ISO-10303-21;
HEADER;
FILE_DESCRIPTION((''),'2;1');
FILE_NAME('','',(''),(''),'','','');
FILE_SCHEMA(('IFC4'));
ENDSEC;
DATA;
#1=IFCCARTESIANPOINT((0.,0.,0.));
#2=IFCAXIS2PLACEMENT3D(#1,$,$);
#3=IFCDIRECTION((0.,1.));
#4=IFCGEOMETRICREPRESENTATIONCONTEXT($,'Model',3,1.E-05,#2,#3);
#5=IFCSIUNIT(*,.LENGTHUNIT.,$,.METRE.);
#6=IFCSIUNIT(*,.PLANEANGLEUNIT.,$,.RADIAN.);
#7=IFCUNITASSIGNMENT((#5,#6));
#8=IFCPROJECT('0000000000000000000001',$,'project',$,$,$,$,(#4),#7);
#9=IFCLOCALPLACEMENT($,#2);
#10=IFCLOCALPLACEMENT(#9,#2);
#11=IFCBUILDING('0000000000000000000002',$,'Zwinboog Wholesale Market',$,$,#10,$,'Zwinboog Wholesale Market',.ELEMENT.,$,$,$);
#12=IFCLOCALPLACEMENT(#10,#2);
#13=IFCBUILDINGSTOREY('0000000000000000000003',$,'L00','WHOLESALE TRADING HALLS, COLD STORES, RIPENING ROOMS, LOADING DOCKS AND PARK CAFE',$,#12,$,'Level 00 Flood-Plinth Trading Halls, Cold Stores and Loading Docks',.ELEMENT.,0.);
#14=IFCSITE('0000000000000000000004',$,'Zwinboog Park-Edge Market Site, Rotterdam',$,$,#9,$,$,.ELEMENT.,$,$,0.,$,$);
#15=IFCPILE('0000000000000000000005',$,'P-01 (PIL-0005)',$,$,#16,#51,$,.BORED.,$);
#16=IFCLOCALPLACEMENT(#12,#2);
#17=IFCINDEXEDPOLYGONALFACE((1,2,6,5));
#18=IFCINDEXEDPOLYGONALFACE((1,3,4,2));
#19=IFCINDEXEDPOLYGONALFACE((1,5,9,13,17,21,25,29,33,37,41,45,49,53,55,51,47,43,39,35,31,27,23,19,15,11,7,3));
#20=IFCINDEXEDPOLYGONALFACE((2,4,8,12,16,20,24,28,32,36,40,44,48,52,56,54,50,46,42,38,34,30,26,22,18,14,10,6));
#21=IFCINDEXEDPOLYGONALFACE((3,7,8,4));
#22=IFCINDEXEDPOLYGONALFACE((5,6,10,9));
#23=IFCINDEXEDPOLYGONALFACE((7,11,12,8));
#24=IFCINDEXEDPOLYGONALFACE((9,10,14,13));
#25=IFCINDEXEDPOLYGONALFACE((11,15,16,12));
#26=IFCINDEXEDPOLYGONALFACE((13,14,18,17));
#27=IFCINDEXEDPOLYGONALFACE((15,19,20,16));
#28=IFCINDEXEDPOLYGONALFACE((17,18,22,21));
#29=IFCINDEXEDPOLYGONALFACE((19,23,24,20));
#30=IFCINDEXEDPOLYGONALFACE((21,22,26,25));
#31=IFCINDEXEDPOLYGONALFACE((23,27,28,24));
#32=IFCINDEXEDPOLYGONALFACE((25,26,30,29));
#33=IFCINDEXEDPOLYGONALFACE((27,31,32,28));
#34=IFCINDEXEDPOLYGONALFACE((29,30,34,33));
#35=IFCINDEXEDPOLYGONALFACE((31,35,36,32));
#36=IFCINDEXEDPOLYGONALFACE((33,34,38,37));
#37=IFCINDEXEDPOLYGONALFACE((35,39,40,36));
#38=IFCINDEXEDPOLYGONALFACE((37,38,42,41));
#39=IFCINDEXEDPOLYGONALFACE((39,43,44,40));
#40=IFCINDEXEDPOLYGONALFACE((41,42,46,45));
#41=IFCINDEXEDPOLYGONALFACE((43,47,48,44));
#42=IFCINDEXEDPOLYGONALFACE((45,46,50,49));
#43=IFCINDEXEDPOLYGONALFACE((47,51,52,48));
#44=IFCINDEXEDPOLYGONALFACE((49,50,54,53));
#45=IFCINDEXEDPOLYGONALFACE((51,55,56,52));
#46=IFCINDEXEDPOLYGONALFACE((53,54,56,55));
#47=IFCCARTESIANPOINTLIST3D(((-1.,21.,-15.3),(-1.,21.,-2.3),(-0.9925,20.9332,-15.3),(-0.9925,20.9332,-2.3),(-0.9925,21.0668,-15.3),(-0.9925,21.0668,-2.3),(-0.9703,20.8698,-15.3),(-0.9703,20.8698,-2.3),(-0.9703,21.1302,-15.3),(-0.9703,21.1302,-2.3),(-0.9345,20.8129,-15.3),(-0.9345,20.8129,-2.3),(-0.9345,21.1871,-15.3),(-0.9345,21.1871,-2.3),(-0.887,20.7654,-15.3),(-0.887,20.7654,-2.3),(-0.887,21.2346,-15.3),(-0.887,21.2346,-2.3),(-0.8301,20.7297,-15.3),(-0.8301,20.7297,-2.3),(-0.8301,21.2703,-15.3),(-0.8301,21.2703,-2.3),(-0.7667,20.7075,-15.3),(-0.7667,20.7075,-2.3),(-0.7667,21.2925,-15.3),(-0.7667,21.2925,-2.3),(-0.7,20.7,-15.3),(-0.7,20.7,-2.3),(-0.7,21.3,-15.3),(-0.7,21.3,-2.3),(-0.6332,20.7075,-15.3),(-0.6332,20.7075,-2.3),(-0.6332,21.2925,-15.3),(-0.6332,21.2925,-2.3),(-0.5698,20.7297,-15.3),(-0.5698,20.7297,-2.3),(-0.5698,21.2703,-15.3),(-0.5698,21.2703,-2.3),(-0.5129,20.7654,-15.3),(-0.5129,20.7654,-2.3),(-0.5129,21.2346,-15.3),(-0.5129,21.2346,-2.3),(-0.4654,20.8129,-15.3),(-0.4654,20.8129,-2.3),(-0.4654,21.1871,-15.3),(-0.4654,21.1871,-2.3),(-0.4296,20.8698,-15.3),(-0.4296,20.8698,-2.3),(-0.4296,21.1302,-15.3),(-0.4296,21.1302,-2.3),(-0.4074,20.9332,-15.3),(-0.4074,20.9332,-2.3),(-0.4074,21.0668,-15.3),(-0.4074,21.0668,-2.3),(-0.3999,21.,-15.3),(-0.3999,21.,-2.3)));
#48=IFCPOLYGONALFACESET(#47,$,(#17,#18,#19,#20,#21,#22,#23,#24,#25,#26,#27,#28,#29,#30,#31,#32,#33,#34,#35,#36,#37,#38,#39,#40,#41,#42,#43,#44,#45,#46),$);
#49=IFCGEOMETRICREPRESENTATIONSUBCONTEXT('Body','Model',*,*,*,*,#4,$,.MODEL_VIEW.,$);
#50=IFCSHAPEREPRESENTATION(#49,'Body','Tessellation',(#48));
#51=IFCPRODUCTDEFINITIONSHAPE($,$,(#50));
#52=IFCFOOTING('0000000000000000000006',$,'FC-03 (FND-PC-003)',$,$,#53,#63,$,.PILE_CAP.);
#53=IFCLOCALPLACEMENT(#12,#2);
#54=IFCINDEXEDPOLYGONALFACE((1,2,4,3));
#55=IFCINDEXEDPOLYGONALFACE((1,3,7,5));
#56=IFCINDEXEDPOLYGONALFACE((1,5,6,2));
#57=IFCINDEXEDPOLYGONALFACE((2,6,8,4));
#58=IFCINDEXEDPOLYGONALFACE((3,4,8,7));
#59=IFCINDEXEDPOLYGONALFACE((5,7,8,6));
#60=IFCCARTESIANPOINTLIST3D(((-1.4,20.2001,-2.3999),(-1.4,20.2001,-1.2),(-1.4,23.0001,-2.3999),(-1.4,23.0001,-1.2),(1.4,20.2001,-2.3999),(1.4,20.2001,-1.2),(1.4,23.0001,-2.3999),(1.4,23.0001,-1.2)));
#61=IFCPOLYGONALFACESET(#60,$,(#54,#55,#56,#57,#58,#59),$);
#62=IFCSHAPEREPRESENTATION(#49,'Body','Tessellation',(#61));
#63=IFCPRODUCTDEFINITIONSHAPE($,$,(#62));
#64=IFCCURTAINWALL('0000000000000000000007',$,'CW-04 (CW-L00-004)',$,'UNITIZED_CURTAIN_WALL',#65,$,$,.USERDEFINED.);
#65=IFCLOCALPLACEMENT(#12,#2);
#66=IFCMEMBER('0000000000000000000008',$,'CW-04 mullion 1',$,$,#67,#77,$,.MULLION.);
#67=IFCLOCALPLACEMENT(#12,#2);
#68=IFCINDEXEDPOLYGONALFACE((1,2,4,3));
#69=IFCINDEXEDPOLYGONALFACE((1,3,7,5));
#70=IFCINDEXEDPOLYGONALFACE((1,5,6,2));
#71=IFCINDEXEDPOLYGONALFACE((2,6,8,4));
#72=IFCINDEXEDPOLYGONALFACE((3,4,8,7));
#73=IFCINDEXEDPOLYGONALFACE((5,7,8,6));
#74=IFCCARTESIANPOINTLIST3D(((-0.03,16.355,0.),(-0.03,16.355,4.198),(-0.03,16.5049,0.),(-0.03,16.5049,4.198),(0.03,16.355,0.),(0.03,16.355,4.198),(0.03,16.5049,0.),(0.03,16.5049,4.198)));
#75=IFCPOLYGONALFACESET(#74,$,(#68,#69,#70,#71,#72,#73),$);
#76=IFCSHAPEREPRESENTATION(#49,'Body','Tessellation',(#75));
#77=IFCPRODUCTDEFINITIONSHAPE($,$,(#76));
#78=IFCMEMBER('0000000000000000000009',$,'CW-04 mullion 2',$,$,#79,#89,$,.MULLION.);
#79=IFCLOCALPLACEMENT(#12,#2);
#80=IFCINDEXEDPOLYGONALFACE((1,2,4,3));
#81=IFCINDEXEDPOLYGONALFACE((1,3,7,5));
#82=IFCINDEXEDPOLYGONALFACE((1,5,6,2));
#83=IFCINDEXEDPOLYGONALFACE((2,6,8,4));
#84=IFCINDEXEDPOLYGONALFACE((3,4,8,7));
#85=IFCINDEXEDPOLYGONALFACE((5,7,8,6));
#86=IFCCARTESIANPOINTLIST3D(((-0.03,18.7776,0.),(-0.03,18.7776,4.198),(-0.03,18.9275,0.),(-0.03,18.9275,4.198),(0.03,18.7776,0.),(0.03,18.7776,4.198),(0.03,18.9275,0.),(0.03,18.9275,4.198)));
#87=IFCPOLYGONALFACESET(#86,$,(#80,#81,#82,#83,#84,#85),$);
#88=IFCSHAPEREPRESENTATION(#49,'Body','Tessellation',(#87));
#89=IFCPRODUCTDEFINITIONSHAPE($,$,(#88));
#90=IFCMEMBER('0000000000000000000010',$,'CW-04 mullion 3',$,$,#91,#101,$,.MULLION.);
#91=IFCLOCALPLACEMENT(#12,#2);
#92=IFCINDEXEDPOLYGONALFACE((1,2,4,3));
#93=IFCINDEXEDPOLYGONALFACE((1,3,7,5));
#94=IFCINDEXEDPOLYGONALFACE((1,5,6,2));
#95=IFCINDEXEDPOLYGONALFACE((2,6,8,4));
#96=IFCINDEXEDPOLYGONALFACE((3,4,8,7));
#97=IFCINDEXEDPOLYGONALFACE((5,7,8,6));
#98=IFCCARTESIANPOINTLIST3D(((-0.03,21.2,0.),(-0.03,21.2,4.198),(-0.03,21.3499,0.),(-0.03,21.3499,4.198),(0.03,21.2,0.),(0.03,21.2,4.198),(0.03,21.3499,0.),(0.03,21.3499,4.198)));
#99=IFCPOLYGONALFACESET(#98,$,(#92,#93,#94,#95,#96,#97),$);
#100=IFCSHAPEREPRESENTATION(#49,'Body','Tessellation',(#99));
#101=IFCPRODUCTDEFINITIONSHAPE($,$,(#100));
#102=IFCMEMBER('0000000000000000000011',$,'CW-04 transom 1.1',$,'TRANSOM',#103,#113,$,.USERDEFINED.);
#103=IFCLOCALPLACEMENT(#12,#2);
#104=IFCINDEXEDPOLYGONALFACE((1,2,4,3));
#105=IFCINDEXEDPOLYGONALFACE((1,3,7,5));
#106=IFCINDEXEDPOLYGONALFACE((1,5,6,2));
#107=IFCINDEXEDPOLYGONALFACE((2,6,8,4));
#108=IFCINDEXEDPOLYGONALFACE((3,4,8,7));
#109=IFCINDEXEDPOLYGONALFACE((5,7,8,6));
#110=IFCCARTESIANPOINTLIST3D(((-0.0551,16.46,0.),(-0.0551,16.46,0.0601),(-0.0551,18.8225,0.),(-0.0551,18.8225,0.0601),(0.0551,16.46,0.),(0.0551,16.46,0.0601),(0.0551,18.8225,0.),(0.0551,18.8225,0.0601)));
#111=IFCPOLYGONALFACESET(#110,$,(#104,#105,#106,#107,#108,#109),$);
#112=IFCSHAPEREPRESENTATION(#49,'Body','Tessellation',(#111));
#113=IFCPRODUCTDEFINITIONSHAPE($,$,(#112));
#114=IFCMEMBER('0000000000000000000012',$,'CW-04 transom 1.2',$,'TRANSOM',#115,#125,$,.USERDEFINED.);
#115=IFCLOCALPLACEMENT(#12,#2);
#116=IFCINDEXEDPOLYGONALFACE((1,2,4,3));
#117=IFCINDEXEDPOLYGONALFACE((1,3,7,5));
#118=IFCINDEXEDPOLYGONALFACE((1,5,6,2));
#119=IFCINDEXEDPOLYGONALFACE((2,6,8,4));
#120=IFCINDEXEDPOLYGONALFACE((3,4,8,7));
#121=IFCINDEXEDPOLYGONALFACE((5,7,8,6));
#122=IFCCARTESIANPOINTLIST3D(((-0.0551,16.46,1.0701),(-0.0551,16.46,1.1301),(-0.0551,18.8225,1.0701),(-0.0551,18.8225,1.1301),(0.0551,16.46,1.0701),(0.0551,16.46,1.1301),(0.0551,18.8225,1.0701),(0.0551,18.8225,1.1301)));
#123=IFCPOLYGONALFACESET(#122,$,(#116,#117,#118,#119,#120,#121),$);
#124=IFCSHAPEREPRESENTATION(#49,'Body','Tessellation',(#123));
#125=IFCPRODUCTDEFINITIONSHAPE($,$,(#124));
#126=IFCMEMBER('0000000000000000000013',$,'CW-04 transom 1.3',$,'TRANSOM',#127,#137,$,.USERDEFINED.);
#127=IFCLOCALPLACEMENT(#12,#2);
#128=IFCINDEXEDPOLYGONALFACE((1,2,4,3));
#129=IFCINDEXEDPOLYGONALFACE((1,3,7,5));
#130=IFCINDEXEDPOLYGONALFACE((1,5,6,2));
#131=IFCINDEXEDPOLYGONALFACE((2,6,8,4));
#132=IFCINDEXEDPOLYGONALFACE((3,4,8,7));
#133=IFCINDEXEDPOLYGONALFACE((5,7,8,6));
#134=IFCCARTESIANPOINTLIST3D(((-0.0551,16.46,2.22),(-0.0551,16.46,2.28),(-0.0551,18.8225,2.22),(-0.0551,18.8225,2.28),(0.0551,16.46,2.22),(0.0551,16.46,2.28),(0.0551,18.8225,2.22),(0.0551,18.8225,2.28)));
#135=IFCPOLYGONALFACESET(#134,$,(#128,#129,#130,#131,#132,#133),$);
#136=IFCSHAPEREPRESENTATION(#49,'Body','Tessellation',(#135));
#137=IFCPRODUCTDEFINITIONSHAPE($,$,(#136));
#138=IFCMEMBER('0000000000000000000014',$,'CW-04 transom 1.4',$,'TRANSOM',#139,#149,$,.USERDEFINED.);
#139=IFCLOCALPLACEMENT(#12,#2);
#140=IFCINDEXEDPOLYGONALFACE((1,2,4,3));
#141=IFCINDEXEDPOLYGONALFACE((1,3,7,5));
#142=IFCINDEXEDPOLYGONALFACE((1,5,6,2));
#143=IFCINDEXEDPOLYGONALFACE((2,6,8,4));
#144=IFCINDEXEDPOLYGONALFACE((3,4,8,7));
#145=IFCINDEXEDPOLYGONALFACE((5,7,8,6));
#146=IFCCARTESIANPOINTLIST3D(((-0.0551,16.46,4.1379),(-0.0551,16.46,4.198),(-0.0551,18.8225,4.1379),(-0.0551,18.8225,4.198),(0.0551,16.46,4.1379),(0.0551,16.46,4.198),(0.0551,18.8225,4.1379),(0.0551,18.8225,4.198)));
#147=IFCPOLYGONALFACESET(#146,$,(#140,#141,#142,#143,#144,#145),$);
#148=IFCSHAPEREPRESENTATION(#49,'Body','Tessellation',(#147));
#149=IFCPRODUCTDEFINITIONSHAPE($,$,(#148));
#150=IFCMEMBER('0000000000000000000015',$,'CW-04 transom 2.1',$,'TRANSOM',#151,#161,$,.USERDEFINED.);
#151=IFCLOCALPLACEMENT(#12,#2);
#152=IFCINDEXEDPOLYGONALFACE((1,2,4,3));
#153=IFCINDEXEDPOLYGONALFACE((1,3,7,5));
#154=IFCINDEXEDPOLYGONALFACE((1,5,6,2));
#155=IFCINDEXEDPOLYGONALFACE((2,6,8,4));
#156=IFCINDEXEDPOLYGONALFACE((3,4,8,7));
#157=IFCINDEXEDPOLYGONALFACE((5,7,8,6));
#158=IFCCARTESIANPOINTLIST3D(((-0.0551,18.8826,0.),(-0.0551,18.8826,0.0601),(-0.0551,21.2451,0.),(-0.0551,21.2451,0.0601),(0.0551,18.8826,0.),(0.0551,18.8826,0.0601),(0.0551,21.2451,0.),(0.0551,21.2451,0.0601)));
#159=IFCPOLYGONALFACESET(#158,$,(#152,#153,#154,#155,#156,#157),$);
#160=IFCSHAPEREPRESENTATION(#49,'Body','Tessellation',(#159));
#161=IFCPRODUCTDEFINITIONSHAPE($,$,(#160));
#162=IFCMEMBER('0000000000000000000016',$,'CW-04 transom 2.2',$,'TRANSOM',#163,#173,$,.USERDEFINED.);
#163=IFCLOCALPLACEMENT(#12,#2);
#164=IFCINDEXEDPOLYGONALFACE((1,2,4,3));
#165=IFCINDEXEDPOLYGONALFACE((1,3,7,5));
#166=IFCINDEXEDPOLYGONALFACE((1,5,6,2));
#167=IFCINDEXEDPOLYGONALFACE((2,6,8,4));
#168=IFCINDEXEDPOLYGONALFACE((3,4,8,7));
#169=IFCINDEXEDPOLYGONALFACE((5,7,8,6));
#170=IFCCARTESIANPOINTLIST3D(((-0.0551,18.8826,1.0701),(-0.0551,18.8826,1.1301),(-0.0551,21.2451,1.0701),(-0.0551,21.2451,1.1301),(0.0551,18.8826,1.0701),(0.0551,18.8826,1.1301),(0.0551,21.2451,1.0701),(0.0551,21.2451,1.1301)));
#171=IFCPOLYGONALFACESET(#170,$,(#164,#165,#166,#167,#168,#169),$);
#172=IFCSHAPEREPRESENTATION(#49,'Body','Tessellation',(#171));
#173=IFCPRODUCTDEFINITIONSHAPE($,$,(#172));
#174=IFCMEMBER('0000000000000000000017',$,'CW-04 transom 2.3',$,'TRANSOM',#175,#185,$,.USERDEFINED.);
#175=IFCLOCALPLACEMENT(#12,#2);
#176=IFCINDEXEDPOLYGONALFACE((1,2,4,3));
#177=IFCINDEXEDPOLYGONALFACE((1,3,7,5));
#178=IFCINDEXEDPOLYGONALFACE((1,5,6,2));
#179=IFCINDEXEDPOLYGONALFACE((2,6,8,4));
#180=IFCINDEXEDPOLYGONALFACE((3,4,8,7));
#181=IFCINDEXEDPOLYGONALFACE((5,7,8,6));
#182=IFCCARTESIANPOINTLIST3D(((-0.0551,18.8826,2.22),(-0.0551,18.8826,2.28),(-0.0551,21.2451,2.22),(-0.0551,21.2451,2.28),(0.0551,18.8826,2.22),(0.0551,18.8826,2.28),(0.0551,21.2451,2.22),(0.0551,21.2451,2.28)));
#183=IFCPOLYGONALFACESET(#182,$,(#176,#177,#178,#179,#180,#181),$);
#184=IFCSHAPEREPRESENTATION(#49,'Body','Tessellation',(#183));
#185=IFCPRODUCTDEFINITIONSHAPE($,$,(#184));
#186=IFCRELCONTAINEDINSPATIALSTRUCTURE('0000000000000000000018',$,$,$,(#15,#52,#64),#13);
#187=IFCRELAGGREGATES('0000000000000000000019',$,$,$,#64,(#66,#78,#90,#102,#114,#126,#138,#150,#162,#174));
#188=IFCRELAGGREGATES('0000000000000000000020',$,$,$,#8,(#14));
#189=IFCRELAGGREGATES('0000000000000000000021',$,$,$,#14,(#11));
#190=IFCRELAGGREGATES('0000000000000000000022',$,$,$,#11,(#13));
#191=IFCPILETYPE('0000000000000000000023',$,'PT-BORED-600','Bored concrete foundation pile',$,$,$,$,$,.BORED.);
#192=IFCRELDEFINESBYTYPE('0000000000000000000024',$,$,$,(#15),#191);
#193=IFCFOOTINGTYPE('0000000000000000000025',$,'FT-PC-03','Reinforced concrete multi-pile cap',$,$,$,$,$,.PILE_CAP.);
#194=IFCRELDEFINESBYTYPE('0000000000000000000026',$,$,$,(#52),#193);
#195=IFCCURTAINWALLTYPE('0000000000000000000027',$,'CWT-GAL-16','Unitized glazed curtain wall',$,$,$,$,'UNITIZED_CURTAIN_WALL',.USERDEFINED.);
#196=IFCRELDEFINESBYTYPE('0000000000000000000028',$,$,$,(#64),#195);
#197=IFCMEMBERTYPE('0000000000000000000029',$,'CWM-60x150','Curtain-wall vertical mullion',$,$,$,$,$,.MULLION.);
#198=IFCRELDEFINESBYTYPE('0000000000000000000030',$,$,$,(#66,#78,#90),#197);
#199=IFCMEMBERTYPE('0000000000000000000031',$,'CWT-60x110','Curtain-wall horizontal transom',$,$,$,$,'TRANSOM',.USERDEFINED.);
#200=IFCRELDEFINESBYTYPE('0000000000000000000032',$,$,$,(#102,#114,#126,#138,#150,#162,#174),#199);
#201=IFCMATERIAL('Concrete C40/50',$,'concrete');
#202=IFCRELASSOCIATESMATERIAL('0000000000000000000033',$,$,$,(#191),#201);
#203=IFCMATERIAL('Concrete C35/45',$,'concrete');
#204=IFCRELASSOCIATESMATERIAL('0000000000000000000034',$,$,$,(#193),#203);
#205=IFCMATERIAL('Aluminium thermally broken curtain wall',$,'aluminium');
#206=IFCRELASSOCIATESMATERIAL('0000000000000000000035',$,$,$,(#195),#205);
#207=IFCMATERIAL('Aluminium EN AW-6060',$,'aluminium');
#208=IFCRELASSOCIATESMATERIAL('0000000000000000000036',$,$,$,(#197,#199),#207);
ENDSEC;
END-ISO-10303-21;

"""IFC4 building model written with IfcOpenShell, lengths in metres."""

from ifc_helpers import new_model, si_unit, direction, frame, origin, origin_2d, place, context, subcontext, project, spatial, rectangle, circle, extrude, material, material_profile, profile_set, type_object, element, aggregate, save


model = new_model("IFC4")

# Units and contexts
model_context = context("Model", 3, precision=1e-05, world=origin(), true_north=direction((0.0, 1.0)))
body_context = subcontext(model_context, "Body", "Model", "MODEL_VIEW")
ifc_project = project(units=[si_unit("LENGTHUNIT", "METRE"), si_unit("PLANEANGLEUNIT", "RADIAN")], contexts=[model_context])

# Site, building, storey
site_placement = place(None, origin())
site = spatial("IfcSite", under=ifc_project, at=site_placement, Name="Zwinboog Park-Edge Market Site, Rotterdam", CompositionType="ELEMENT", RefElevation=0.0)
building_placement = place(site_placement, origin())
building = spatial("IfcBuilding", under=site, at=building_placement, Name="Zwinboog Wholesale Market", LongName="Zwinboog Wholesale Market", CompositionType="ELEMENT")
storey_placement = place(building_placement, origin())
storey = spatial("IfcBuildingStorey", under=building, at=storey_placement, Name="L00", Description="WHOLESALE TRADING HALLS, COLD STORES, RIPENING ROOMS, LOADING DOCKS AND PARK CAFE", LongName="Level 00 Flood-Plinth Trading Halls, Cold Stores and Loading Docks", CompositionType="ELEMENT", Elevation=0.0)

# Pile
ifc_material_1 = material(Name="Concrete C40/50", Category="concrete")
ifc_material_profile_1 = material_profile(ifc_material_1, circle(Radius=0.3, at=origin_2d()), Name="PILE D600")
ifc_profile_set_1 = profile_set([ifc_material_profile_1], Name="Concrete C40/50")
pile_type = type_object("IfcPileType", Name="PT-BORED-600", Description="Bored concrete foundation pile", PredefinedType="BORED", material=ifc_profile_set_1)
pile_placement = place(storey_placement, frame((-0.7, 21.0, -2.3), z_axis=(0.0, 0.0, -1.0), x_axis=(1.0, 0.0, 0.0)))
element("IfcPile", 1, at=pile_placement, inside=storey, type_object=pile_type, Name="P-01 (PIL-0005)", PredefinedType="BORED", context=body_context, shape_type="SweptSolid", body=[
    extrude(circle(Radius=0.3, at=origin_2d()), origin(), (0.0, 0.0, 1.0), 13.0),
])

# Footing
ifc_material_2 = material(Name="Concrete C35/45", Category="concrete")
footing_type = type_object("IfcFootingType", Name="FT-PC-03", Description="Reinforced concrete multi-pile cap", PredefinedType="PILE_CAP", material=ifc_material_2)
footing_placement = place(storey_placement, frame((0.0, 21.6001, -2.3999), z_axis=(0.0, 0.0, 1.0), x_axis=(1.0, 0.0, 0.0)))
element("IfcFooting", 2, at=footing_placement, inside=storey, type_object=footing_type, Name="FC-03 (FND-PC-003)", PredefinedType="PILE_CAP", context=body_context, shape_type="SweptSolid", body=[
    extrude(rectangle(XDim=2.8, YDim=2.8, at=origin_2d()), origin(), (0.0, 0.0, 1.0), 1.2),
])

# Curtain wall, members
ifc_material_3 = material(Name="Aluminium thermally broken curtain wall", Category="aluminium")
curtain_wall_type = type_object("IfcCurtainWallType", Name="CWT-GAL-16", Description="Unitized glazed curtain wall", ElementType="UNITIZED_CURTAIN_WALL", PredefinedType="USERDEFINED", material=ifc_material_3)
curtain_wall_placement = place(storey_placement, origin())
curtain_wall = element("IfcCurtainWall", 3, at=curtain_wall_placement, inside=storey, type_object=curtain_wall_type, Name="CW-04 (CW-L00-004)", ObjectType="UNITIZED_CURTAIN_WALL", PredefinedType="USERDEFINED")
ifc_material_4 = material(Name="Aluminium EN AW-6060", Category="aluminium")
ifc_material_profile_2 = material_profile(ifc_material_4, rectangle(XDim=0.0601, YDim=0.1499, at=origin_2d()), Name="AL 60x150")
ifc_profile_set_2 = profile_set([ifc_material_profile_2], Name="Aluminium EN AW-6060")
member_type_1 = type_object("IfcMemberType", Name="CWM-60x150", Description="Curtain-wall vertical mullion", PredefinedType="MULLION", material=ifc_profile_set_2)
member_1_placement = place(storey_placement, frame((0.0, 16.4299, 0.0), z_axis=(0.0, 0.0, 1.0), x_axis=(-1.0, 0.0, 0.0)))
member_1 = element("IfcMember", 4, at=member_1_placement, type_object=member_type_1, Name="CW-04 mullion 1", PredefinedType="MULLION", context=body_context, shape_type="SweptSolid", body=[
    extrude(rectangle(XDim=0.0601, YDim=0.1499, at=origin_2d()), origin(), (0.0, 0.0, 1.0), 4.198),
])
member_2_placement = place(storey_placement, frame((0.0, 18.8525, 0.0), z_axis=(0.0, 0.0, 1.0), x_axis=(-1.0, 0.0, 0.0)))
member_2 = element("IfcMember", 5, at=member_2_placement, type_object=member_type_1, Name="CW-04 mullion 2", PredefinedType="MULLION", context=body_context, shape_type="SweptSolid", body=[
    extrude(rectangle(XDim=0.0601, YDim=0.1499, at=origin_2d()), origin(), (0.0, 0.0, 1.0), 4.198),
])
member_3_placement = place(storey_placement, frame((0.0, 21.2749, 0.0), z_axis=(0.0, 0.0, 1.0), x_axis=(-1.0, 0.0, 0.0)))
member_3 = element("IfcMember", 6, at=member_3_placement, type_object=member_type_1, Name="CW-04 mullion 3", PredefinedType="MULLION", context=body_context, shape_type="SweptSolid", body=[
    extrude(rectangle(XDim=0.0601, YDim=0.1499, at=origin_2d()), origin(), (0.0, 0.0, 1.0), 4.198),
])
ifc_material_profile_3 = material_profile(ifc_material_4, rectangle(XDim=0.1101, YDim=0.0601, at=origin_2d()), Name="AL 60x110")
ifc_profile_set_3 = profile_set([ifc_material_profile_3], Name="Aluminium EN AW-6060")
member_type_2 = type_object("IfcMemberType", Name="CWT-60x110", Description="Curtain-wall horizontal transom", ElementType="TRANSOM", PredefinedType="USERDEFINED", material=ifc_profile_set_3)
member_4_placement = place(storey_placement, frame((0.0, 16.46, 0.03), z_axis=(0.0, 1.0, 0.0), x_axis=(-1.0, 0.0, 0.0)))
member_4 = element("IfcMember", 7, at=member_4_placement, type_object=member_type_2, Name="CW-04 transom 1.1", ObjectType="TRANSOM", PredefinedType="USERDEFINED", context=body_context, shape_type="SweptSolid", body=[
    extrude(rectangle(XDim=0.1101, YDim=0.0601, at=origin_2d()), origin(), (0.0, 0.0, 1.0), 2.3625),
])
member_5_placement = place(storey_placement, frame((0.0, 16.46, 1.1001), z_axis=(0.0, 1.0, 0.0), x_axis=(-1.0, 0.0, 0.0)))
member_5 = element("IfcMember", 8, at=member_5_placement, type_object=member_type_2, Name="CW-04 transom 1.2", ObjectType="TRANSOM", PredefinedType="USERDEFINED", context=body_context, shape_type="SweptSolid", body=[
    extrude(rectangle(XDim=0.1101, YDim=0.0601, at=origin_2d()), origin(), (0.0, 0.0, 1.0), 2.3625),
])
member_6_placement = place(storey_placement, frame((0.0, 16.46, 2.25), z_axis=(0.0, 1.0, 0.0), x_axis=(-1.0, 0.0, 0.0)))
member_6 = element("IfcMember", 9, at=member_6_placement, type_object=member_type_2, Name="CW-04 transom 1.3", ObjectType="TRANSOM", PredefinedType="USERDEFINED", context=body_context, shape_type="SweptSolid", body=[
    extrude(rectangle(XDim=0.1101, YDim=0.0601, at=origin_2d()), origin(), (0.0, 0.0, 1.0), 2.3625),
])
member_7_placement = place(storey_placement, frame((0.0, 16.46, 4.168), z_axis=(0.0, 1.0, 0.0), x_axis=(-1.0, 0.0, 0.0)))
member_7 = element("IfcMember", 10, at=member_7_placement, type_object=member_type_2, Name="CW-04 transom 1.4", ObjectType="TRANSOM", PredefinedType="USERDEFINED", context=body_context, shape_type="SweptSolid", body=[
    extrude(rectangle(XDim=0.1101, YDim=0.0601, at=origin_2d()), origin(), (0.0, 0.0, 1.0), 2.3625),
])
member_8_placement = place(storey_placement, frame((0.0, 18.8826, 0.03), z_axis=(0.0, 1.0, 0.0), x_axis=(-1.0, 0.0, 0.0)))
member_8 = element("IfcMember", 11, at=member_8_placement, type_object=member_type_2, Name="CW-04 transom 2.1", ObjectType="TRANSOM", PredefinedType="USERDEFINED", context=body_context, shape_type="SweptSolid", body=[
    extrude(rectangle(XDim=0.1101, YDim=0.0601, at=origin_2d()), origin(), (0.0, 0.0, 1.0), 2.3625),
])
member_9_placement = place(storey_placement, frame((0.0, 18.8826, 1.1001), z_axis=(0.0, 1.0, 0.0), x_axis=(-1.0, 0.0, 0.0)))
member_9 = element("IfcMember", 12, at=member_9_placement, type_object=member_type_2, Name="CW-04 transom 2.2", ObjectType="TRANSOM", PredefinedType="USERDEFINED", context=body_context, shape_type="SweptSolid", body=[
    extrude(rectangle(XDim=0.1101, YDim=0.0601, at=origin_2d()), origin(), (0.0, 0.0, 1.0), 2.3625),
])
member_10_placement = place(storey_placement, frame((0.0, 18.8826, 2.25), z_axis=(0.0, 1.0, 0.0), x_axis=(-1.0, 0.0, 0.0)))
member_10 = element("IfcMember", 13, at=member_10_placement, type_object=member_type_2, Name="CW-04 transom 2.3", ObjectType="TRANSOM", PredefinedType="USERDEFINED", context=body_context, shape_type="SweptSolid", body=[
    extrude(rectangle(XDim=0.1101, YDim=0.0601, at=origin_2d()), origin(), (0.0, 0.0, 1.0), 2.3625),
])
aggregate(curtain_wall, [member_1, member_2, member_3, member_4, member_5, member_6, member_7, member_8, member_9, member_10])

save(model, "model.ifc")
